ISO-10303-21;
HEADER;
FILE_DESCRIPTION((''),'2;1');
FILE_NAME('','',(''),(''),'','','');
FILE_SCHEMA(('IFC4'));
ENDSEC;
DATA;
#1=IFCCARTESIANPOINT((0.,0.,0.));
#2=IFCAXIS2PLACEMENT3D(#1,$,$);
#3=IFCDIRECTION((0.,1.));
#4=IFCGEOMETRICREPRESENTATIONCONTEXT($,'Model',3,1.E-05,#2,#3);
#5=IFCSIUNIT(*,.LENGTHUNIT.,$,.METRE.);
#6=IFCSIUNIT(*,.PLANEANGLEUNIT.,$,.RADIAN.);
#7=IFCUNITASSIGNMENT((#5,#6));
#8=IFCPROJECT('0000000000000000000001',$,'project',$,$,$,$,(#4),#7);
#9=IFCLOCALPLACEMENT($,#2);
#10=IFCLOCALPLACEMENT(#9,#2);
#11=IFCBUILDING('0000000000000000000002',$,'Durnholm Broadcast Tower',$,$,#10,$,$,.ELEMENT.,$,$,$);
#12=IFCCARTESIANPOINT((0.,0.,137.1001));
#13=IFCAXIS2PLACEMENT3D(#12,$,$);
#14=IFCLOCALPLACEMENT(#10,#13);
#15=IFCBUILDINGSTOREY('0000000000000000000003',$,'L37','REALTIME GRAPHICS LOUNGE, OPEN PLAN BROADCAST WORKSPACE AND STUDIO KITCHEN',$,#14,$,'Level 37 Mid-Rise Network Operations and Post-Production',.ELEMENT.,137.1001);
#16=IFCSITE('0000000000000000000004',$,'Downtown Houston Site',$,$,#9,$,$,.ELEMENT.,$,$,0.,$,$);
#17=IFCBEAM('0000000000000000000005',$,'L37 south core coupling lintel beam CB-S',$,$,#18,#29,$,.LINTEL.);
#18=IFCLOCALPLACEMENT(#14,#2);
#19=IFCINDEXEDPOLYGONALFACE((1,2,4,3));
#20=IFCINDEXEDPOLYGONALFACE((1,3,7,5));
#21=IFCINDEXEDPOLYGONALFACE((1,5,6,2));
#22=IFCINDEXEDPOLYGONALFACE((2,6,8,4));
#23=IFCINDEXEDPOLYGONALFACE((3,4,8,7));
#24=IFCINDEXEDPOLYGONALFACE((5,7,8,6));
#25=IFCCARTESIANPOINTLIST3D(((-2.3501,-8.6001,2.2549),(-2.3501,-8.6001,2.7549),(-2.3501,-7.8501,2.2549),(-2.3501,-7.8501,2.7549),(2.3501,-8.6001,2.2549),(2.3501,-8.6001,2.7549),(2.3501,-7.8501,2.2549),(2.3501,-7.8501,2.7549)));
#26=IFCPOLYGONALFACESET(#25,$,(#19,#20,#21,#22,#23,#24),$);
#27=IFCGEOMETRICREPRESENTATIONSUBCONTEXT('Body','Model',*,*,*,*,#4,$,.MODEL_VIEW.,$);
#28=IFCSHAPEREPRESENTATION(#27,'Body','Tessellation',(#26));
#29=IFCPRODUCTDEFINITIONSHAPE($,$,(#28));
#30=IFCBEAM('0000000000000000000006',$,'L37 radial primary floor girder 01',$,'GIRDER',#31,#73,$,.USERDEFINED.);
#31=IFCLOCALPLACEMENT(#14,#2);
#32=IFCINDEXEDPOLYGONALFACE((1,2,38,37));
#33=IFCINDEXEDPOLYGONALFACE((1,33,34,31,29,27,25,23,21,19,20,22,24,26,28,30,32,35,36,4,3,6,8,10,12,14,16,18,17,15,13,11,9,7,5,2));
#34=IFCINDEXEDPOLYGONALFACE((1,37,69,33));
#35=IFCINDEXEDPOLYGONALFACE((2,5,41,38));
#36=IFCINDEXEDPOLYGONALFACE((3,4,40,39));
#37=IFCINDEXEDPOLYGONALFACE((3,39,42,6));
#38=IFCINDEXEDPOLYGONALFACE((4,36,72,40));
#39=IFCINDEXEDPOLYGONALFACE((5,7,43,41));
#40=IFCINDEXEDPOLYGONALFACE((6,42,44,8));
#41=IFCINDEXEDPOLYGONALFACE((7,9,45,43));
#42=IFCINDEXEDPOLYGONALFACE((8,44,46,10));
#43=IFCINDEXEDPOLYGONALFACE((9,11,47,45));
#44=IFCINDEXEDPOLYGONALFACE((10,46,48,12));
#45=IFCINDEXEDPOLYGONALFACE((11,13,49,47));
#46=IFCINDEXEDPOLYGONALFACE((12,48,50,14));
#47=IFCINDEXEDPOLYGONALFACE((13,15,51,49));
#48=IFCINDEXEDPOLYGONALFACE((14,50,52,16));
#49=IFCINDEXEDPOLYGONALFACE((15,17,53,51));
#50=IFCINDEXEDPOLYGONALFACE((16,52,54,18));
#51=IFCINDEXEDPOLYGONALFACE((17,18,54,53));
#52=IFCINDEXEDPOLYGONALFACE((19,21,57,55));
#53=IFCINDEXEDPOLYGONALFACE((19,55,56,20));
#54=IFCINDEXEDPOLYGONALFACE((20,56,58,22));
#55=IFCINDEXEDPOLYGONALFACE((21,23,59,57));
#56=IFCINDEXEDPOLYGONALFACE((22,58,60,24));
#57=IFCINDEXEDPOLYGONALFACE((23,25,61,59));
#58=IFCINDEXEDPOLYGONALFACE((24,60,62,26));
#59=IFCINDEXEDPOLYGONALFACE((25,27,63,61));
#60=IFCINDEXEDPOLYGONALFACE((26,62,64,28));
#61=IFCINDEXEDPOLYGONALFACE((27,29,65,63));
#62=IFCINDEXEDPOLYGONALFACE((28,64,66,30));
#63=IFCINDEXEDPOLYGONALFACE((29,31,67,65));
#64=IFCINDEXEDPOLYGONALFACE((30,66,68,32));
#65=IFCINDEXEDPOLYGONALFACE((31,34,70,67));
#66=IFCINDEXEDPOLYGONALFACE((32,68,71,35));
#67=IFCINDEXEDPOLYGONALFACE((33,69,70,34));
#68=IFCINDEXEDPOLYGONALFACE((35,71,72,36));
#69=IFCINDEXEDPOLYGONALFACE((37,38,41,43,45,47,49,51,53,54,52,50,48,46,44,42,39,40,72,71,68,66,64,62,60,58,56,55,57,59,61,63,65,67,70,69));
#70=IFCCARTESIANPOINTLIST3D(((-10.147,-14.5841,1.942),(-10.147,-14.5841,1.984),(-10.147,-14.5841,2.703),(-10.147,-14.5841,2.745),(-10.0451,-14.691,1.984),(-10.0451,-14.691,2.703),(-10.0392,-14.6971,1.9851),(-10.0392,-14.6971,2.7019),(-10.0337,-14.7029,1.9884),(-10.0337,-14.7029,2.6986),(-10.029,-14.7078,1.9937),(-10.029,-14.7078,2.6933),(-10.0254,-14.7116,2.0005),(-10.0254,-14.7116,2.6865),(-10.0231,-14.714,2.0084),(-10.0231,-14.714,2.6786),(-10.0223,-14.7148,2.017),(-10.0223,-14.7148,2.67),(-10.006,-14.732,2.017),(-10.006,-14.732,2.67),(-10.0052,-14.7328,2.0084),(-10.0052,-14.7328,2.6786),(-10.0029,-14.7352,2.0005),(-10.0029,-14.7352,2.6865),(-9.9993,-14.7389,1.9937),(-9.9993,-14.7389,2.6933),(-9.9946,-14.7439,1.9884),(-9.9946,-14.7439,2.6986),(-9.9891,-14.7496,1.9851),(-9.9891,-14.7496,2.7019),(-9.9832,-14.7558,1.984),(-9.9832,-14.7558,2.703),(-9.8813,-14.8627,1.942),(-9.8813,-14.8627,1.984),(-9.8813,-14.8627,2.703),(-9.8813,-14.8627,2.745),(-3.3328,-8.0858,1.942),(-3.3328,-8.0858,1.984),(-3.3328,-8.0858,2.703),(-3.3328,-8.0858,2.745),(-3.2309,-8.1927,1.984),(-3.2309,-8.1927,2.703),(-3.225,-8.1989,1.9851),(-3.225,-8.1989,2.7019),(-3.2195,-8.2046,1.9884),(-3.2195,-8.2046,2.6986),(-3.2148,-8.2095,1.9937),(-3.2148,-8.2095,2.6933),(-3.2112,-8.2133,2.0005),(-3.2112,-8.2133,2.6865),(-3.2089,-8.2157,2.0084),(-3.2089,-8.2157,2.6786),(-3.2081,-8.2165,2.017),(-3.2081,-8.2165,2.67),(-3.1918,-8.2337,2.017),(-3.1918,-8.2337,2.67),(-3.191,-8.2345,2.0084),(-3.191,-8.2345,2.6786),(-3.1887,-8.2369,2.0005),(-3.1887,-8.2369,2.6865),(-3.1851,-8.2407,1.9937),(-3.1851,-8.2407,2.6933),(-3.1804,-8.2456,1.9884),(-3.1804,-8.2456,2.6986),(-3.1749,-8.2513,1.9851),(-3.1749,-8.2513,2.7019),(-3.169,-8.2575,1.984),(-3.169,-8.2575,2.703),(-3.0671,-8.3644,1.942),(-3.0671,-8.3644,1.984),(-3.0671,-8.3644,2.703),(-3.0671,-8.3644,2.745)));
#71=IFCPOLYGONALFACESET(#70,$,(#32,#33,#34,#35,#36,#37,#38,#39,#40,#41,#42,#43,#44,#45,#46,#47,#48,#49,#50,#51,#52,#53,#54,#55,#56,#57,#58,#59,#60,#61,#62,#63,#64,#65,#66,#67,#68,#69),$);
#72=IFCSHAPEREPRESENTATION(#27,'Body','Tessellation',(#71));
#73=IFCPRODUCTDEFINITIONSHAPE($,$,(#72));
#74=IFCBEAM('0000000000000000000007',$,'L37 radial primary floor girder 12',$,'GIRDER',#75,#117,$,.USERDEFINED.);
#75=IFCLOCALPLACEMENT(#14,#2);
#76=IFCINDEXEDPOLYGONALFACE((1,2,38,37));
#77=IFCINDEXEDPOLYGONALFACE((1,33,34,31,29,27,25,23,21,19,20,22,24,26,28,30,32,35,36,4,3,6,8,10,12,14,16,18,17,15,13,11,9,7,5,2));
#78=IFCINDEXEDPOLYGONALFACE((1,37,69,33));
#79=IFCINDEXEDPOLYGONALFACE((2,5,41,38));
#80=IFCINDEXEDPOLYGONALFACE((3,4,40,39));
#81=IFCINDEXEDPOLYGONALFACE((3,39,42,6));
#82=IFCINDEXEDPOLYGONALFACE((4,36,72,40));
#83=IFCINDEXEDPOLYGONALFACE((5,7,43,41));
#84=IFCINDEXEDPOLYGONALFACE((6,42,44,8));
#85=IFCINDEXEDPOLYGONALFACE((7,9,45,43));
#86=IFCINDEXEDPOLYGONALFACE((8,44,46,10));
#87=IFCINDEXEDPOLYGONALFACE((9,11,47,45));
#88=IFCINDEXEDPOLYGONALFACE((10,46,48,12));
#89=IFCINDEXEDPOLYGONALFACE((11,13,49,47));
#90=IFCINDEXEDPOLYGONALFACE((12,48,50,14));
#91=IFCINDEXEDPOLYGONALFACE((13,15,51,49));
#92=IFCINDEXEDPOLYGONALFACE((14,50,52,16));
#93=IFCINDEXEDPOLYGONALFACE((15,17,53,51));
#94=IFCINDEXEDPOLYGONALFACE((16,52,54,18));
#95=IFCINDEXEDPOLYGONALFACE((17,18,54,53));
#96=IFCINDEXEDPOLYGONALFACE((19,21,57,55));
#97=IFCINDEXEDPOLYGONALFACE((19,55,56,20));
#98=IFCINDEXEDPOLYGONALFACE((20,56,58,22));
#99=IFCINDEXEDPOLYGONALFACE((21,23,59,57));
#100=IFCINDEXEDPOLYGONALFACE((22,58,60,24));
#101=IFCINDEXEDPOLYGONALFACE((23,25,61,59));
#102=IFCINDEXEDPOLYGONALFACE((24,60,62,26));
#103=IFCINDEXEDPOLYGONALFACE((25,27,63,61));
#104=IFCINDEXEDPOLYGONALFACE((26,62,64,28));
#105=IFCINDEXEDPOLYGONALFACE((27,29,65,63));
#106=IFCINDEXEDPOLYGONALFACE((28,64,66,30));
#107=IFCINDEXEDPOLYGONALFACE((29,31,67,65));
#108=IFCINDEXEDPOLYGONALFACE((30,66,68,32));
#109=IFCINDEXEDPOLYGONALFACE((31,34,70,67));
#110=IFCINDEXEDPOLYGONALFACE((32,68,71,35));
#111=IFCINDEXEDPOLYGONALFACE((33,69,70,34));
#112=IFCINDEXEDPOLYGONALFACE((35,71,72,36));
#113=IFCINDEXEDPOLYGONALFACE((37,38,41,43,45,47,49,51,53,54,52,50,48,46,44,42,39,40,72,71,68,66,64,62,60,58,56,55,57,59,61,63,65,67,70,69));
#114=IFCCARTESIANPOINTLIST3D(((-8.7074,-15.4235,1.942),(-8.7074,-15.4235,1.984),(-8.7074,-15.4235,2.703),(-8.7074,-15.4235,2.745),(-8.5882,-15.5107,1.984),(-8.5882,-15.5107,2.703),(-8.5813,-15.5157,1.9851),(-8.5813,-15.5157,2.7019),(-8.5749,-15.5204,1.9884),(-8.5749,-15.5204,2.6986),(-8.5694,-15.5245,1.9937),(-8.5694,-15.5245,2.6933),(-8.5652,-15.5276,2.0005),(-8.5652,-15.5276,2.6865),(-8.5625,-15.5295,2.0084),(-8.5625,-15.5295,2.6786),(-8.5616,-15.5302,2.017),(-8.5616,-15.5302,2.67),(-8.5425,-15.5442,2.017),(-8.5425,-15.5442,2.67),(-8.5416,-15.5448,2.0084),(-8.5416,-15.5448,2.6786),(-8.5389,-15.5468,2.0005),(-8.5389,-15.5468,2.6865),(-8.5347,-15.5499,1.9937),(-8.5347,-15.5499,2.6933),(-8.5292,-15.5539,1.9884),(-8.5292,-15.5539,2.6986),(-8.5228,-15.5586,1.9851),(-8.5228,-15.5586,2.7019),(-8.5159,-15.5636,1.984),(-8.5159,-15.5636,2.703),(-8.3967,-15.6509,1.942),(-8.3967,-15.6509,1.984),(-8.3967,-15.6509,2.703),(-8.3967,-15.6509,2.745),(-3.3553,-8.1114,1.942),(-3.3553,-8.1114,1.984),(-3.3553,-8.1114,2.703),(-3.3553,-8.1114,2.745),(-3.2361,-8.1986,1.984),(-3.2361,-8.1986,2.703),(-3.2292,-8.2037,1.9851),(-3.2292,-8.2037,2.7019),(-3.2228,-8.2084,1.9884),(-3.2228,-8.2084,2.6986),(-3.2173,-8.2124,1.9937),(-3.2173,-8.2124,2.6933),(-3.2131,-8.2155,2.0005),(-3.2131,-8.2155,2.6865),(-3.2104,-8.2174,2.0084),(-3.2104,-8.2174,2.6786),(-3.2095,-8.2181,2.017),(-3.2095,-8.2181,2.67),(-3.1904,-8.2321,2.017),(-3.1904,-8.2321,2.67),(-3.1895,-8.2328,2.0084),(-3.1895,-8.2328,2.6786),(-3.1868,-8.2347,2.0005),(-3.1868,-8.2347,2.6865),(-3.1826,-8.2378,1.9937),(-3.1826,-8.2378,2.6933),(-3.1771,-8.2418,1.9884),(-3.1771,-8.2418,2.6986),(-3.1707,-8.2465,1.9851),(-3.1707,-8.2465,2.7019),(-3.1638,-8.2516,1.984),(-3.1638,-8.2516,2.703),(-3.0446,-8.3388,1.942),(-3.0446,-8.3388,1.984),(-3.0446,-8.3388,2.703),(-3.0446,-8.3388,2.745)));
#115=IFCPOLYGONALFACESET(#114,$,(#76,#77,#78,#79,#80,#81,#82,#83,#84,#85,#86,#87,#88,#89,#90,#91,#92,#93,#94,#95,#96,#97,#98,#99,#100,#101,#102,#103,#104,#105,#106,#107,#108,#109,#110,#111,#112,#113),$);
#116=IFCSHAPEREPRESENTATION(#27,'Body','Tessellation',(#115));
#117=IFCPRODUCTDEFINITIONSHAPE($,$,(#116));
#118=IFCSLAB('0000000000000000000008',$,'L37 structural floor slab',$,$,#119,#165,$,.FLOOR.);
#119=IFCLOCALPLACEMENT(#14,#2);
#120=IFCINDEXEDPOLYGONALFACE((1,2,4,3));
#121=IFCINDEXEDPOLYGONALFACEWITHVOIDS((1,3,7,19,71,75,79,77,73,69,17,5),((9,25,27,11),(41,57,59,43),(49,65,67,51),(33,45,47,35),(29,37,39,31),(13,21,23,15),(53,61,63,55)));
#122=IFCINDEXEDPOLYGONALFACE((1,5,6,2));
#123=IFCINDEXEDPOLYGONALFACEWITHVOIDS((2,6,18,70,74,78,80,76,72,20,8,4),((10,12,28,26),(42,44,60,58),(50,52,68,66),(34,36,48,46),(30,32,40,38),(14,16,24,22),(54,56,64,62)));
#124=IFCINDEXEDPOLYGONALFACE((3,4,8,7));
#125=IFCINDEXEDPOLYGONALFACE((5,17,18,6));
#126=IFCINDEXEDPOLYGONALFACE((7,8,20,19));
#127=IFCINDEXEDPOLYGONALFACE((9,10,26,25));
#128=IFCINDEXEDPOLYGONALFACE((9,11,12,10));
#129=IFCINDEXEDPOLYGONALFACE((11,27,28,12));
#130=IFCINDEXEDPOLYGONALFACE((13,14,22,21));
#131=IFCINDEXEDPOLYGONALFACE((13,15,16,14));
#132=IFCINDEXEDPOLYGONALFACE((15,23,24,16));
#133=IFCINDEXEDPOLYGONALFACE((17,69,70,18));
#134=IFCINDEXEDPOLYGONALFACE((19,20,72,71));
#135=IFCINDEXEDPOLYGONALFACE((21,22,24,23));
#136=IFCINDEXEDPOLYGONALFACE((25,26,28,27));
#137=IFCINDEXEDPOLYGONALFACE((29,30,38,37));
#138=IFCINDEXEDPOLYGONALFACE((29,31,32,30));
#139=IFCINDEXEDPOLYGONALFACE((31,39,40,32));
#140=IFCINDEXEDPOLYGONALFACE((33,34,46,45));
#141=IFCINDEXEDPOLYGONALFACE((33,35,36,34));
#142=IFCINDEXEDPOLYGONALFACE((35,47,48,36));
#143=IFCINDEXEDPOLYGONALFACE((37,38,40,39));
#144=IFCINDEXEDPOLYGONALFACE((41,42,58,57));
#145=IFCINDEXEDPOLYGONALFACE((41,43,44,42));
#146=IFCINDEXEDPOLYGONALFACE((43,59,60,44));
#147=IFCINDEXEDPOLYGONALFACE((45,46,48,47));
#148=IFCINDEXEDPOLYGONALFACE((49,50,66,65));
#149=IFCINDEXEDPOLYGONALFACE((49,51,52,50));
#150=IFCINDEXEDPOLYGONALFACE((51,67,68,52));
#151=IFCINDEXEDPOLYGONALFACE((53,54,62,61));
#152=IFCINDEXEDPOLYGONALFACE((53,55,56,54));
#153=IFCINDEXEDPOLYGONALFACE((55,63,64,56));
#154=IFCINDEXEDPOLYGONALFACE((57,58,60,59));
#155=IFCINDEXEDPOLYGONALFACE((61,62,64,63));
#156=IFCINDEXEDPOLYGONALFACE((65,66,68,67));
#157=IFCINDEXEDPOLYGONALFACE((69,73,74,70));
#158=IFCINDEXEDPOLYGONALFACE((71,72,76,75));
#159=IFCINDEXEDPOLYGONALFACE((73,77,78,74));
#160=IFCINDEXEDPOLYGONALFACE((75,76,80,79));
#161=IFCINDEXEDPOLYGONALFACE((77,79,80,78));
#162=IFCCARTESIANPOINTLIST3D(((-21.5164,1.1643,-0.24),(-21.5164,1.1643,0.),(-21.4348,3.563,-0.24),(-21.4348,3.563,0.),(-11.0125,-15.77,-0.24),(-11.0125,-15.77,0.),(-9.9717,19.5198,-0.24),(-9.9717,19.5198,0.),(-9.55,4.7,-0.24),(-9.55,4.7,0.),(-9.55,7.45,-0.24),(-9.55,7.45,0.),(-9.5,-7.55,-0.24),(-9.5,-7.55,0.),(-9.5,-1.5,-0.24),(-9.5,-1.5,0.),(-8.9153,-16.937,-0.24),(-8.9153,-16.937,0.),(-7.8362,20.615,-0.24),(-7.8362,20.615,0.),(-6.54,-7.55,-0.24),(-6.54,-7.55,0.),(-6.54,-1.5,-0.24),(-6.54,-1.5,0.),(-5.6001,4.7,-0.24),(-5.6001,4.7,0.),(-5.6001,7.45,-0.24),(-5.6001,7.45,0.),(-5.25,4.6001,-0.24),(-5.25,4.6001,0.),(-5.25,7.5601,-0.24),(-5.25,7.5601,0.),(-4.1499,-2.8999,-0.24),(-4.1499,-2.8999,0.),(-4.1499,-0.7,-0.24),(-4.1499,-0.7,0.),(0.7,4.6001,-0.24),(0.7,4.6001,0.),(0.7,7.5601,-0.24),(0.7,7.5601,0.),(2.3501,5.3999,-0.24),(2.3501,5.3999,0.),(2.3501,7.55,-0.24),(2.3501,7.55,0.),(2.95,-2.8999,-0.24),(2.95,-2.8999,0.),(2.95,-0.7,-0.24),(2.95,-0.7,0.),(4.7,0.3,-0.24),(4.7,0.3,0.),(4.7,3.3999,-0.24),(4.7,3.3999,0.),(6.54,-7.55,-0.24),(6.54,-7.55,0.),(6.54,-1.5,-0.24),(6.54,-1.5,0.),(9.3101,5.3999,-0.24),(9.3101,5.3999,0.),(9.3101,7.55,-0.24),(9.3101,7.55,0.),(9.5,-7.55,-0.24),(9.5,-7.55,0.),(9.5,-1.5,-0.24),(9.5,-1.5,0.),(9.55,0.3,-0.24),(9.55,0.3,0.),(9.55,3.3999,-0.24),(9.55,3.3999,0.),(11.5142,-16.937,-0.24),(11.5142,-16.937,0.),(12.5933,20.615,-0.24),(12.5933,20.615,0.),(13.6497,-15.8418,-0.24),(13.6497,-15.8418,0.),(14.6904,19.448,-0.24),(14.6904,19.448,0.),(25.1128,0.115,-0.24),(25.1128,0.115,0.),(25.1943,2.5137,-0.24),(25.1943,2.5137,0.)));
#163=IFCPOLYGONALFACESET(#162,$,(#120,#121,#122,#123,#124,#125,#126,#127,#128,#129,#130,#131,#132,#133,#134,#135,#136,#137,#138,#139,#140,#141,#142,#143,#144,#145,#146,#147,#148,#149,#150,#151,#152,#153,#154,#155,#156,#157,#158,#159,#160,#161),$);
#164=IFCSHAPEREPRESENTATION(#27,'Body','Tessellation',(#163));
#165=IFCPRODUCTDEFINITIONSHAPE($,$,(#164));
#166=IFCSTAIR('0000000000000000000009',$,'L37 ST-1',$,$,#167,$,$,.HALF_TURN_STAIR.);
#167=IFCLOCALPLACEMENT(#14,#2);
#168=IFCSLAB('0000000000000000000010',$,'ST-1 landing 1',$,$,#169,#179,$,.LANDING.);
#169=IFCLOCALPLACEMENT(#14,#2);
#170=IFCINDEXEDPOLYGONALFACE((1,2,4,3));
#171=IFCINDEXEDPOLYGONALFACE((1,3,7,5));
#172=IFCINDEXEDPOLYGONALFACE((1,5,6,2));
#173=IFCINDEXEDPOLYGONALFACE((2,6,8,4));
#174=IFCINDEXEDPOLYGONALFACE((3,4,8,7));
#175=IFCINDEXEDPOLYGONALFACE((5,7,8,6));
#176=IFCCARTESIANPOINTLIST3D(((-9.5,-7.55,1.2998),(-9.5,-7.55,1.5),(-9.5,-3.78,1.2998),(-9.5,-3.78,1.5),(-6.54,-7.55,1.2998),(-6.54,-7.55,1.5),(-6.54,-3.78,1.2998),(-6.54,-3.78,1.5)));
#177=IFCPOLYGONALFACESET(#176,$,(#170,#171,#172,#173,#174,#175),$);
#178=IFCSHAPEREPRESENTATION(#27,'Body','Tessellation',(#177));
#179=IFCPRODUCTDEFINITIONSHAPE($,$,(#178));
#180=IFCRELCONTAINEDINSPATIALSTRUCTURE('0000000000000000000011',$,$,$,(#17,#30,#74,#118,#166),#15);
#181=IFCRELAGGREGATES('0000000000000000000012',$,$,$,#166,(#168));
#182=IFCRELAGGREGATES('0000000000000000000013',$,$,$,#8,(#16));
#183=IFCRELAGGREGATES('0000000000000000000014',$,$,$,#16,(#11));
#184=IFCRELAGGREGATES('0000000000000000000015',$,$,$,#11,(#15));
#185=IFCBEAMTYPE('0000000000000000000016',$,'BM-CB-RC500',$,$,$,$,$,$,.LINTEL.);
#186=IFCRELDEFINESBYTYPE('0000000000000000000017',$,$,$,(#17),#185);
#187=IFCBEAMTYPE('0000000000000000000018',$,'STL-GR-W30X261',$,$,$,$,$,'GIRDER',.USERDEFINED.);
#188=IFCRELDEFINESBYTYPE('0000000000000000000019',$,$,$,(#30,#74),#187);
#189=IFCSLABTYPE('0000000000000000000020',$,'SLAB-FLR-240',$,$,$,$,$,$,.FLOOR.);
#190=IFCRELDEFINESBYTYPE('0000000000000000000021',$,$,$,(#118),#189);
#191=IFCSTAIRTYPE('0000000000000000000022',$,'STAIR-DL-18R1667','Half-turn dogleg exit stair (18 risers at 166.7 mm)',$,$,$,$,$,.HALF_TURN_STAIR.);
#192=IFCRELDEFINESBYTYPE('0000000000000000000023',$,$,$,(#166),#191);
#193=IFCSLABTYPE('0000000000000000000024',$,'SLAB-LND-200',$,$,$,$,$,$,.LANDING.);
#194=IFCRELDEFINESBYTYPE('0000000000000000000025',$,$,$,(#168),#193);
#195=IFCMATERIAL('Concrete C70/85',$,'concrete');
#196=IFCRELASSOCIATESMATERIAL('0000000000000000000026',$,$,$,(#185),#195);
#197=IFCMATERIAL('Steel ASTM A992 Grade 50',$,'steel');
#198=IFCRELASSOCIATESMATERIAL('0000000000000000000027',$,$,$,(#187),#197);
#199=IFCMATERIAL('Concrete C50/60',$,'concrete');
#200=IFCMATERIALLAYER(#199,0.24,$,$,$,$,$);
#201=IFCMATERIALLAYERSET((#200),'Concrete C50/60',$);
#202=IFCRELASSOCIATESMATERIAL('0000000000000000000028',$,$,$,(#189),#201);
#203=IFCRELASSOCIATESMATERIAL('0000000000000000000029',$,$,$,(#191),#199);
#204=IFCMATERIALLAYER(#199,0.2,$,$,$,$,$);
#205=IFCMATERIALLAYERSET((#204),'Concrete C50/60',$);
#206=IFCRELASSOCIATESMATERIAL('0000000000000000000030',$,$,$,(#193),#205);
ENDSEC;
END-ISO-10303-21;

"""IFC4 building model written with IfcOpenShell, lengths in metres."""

from ifc_helpers import new_model, si_unit, direction, frame, origin, origin_2d, place, context, subcontext, project, spatial, polyline, rectangle, i_section, outline, extrude, source, transform, mapped, material, layer, layer_set, material_profile, profile_set, type_object, type_shapes, element, aggregate, save


model = new_model("IFC4")

# Units and contexts
model_context = context("Model", 3, precision=1e-05, world=origin(), true_north=direction((0.0, 1.0)))
body_context = subcontext(model_context, "Body", "Model", "MODEL_VIEW")
ifc_project = project(units=[si_unit("LENGTHUNIT", "METRE"), si_unit("PLANEANGLEUNIT", "RADIAN")], contexts=[model_context])

# Site, building, storey
site_placement = place(None, origin())
site = spatial("IfcSite", under=ifc_project, at=site_placement, Name="Downtown Houston Site", CompositionType="ELEMENT", RefElevation=0.0)
building_placement = place(site_placement, origin())
building = spatial("IfcBuilding", under=site, at=building_placement, Name="Durnholm Broadcast Tower", CompositionType="ELEMENT")
storey_placement = place(building_placement, frame((0.0, 0.0, 137.1001)))
storey = spatial("IfcBuildingStorey", under=building, at=storey_placement, Name="L37", Description="REALTIME GRAPHICS LOUNGE, OPEN PLAN BROADCAST WORKSPACE AND STUDIO KITCHEN", LongName="Level 37 Mid-Rise Network Operations and Post-Production", CompositionType="ELEMENT", Elevation=137.1001)

# Beams
ifc_material_1 = material(Name="Concrete C70/85", Category="concrete")
ifc_material_profile_1 = material_profile(ifc_material_1, rectangle(XDim=0.75, YDim=0.5, at=origin_2d()), Name="RC750X500")
ifc_profile_set_1 = profile_set([ifc_material_profile_1], Name="Concrete C70/85")
beam_type_1 = type_object("IfcBeamType", Name="BM-CB-RC500", PredefinedType="LINTEL", material=ifc_profile_set_1)
shared_shape_1 = source(origin(), body_context, "Body", "SweptSolid", [
    extrude(rectangle(XDim=0.75, YDim=0.5, at=origin_2d()), origin(), (0.0, 0.0, 1.0), 4.7002),
])
type_shapes(beam_type_1, [shared_shape_1])
beam_1_placement = place(storey_placement, frame((-2.3501, -8.2251, 2.5049), z_axis=(1.0, 0.0, 0.0), x_axis=(0.0, 1.0, 0.0)))
element("IfcBeam", 1, at=beam_1_placement, inside=storey, type_object=beam_type_1, Name="L37 south core coupling lintel beam CB-S", PredefinedType="LINTEL", context=body_context, shape_type="MappedRepresentation", body=[
    mapped(shared_shape_1, transform((0.0, 0.0, 0.0), x_axis=(1.0, 0.0, 0.0), y_axis=(0.0, 1.0, 0.0), z_axis=(0.0, 0.0, 1.0), scale=1.0)),
])
ifc_material_2 = material(Name="Steel ASTM A992 Grade 50", Category="steel")
ifc_material_profile_2 = material_profile(ifc_material_2, i_section(OverallWidth=0.385, OverallDepth=0.803, WebThickness=0.0237, FlangeThickness=0.042, FilletRadius=0.033, at=origin_2d()), Name="W30X261")
ifc_profile_set_2 = profile_set([ifc_material_profile_2], Name="Steel ASTM A992 Grade 50")
beam_type_2 = type_object("IfcBeamType", Name="STL-GR-W30X261", ElementType="GIRDER", PredefinedType="USERDEFINED", material=ifc_profile_set_2)
shared_shape_2 = source(origin(), body_context, "Body", "SweptSolid", [
    extrude(i_section(OverallWidth=0.385, OverallDepth=0.803, WebThickness=0.0237, FlangeThickness=0.042, FilletRadius=0.033, at=origin_2d()), origin(), (0.0, 0.0, 1.0), 9.416),
])
beam_2_placement = place(storey_placement, frame((-3.2, -8.2251, 2.3435), z_axis=(-0.723683, -0.690132, 0.0), x_axis=(0.690132, -0.723683, 0.0)))
element("IfcBeam", 2, at=beam_2_placement, inside=storey, type_object=beam_type_2, Name="L37 radial primary floor girder 01", ObjectType="GIRDER", PredefinedType="USERDEFINED", context=body_context, shape_type="MappedRepresentation", body=[
    mapped(shared_shape_2, transform((0.0, 0.0, 0.0), x_axis=(1.0, 0.0, 0.0), y_axis=(0.0, 1.0, 0.0), z_axis=(0.0, 0.0, 1.0), scale=1.0)),
])
shared_shape_3 = source(origin(), body_context, "Body", "SweptSolid", [
    extrude(i_section(OverallWidth=0.385, OverallDepth=0.803, WebThickness=0.0237, FlangeThickness=0.042, FilletRadius=0.033, at=origin_2d()), origin(), (0.0, 0.0, 1.0), 9.0615),
])
type_shapes(beam_type_2, [shared_shape_2, shared_shape_3])
beam_3_placement = place(storey_placement, frame((-3.2, -8.2251, 2.3435), z_axis=(-0.590639, -0.806936, 0.0), x_axis=(0.806936, -0.590639, 0.0)))
element("IfcBeam", 3, at=beam_3_placement, inside=storey, type_object=beam_type_2, Name="L37 radial primary floor girder 12", ObjectType="GIRDER", PredefinedType="USERDEFINED", context=body_context, shape_type="MappedRepresentation", body=[
    mapped(shared_shape_3, transform((0.0, 0.0, 0.0), x_axis=(1.0, 0.0, 0.0), y_axis=(0.0, 1.0, 0.0), z_axis=(0.0, 0.0, 1.0), scale=1.0)),
])

# Slab
ifc_material_3 = material(Name="Concrete C50/60", Category="concrete")
ifc_layer_1 = layer(ifc_material_3, 0.24)
ifc_layer_set_1 = layer_set([ifc_layer_1], Name="Concrete C50/60")
slab_type_1 = type_object("IfcSlabType", Name="SLAB-FLR-240", PredefinedType="FLOOR", material=ifc_layer_set_1)
slab_1_placement = place(storey_placement, frame((0.0, 0.0, -0.24)))
element("IfcSlab", 4, at=slab_1_placement, inside=storey, type_object=slab_type_1, Name="L37 structural floor slab", PredefinedType="FLOOR", context=body_context, shape_type="SweptSolid", body=[
    extrude(outline(polyline([(-11.0125, -15.77), (-8.9153, -16.937), (11.5142, -16.937), (13.6497, -15.8418), (25.1128, 0.115), (25.1943, 2.5137), (14.6904, 19.448), (12.5933, 20.615), (-7.8362, 20.615), (-9.9717, 19.5198), (-21.4348, 3.563), (-21.5164, 1.1643), (-11.0125, -15.77)]), holes=[polyline([(-6.54, -1.5), (-9.5, -1.5), (-9.5, -7.55), (-6.54, -7.55), (-6.54, -1.5)]), polyline([(9.5, -7.55), (9.5, -1.5), (6.54, -1.5), (6.54, -7.55), (9.5, -7.55)]), polyline([(2.95, -0.7), (-4.1499, -0.7), (-4.1499, -2.8999), (2.95, -2.8999), (2.95, -0.7)]), polyline([(9.55, 3.3999), (4.7, 3.3999), (4.7, 0.3), (9.55, 0.3), (9.55, 3.3999)]), polyline([(-5.6001, 7.45), (-9.55, 7.45), (-9.55, 4.7), (-5.6001, 4.7), (-5.6001, 7.45)]), polyline([(-5.25, 4.6001), (0.7, 4.6001), (0.7, 7.5601), (-5.25, 7.5601), (-5.25, 4.6001)]), polyline([(9.3101, 7.55), (2.3501, 7.55), (2.3501, 5.3999), (9.3101, 5.3999), (9.3101, 7.55)])]), origin(), (0.0, 0.0, 1.0), 0.24),
])

# Stair, slab
stair_type = type_object("IfcStairType", Name="STAIR-DL-18R1667", Description="Half-turn dogleg exit stair (18 risers at 166.7 mm)", PredefinedType="HALF_TURN_STAIR", material=ifc_material_3)
stair_1_placement = place(storey_placement, origin())
stair_1 = element("IfcStair", 5, at=stair_1_placement, inside=storey, type_object=stair_type, Name="L37 ST-1", PredefinedType="HALF_TURN_STAIR")
ifc_layer_2 = layer(ifc_material_3, 0.2)
ifc_layer_set_2 = layer_set([ifc_layer_2], Name="Concrete C50/60")
slab_type_2 = type_object("IfcSlabType", Name="SLAB-LND-200", PredefinedType="LANDING", material=ifc_layer_set_2)
slab_2_placement = place(storey_placement, frame((0.0, 0.0, 1.2998)))
slab_2 = element("IfcSlab", 6, at=slab_2_placement, type_object=slab_type_2, Name="ST-1 landing 1", PredefinedType="LANDING", context=body_context, shape_type="SweptSolid", body=[
    extrude(outline(polyline([(-9.5, -3.78), (-9.5, -7.55), (-6.54, -7.55), (-6.54, -3.78), (-9.5, -3.78)])), origin(), (0.0, 0.0, 1.0), 0.2002),
])
aggregate(stair_1, [slab_2])

save(model, "model.ifc")
